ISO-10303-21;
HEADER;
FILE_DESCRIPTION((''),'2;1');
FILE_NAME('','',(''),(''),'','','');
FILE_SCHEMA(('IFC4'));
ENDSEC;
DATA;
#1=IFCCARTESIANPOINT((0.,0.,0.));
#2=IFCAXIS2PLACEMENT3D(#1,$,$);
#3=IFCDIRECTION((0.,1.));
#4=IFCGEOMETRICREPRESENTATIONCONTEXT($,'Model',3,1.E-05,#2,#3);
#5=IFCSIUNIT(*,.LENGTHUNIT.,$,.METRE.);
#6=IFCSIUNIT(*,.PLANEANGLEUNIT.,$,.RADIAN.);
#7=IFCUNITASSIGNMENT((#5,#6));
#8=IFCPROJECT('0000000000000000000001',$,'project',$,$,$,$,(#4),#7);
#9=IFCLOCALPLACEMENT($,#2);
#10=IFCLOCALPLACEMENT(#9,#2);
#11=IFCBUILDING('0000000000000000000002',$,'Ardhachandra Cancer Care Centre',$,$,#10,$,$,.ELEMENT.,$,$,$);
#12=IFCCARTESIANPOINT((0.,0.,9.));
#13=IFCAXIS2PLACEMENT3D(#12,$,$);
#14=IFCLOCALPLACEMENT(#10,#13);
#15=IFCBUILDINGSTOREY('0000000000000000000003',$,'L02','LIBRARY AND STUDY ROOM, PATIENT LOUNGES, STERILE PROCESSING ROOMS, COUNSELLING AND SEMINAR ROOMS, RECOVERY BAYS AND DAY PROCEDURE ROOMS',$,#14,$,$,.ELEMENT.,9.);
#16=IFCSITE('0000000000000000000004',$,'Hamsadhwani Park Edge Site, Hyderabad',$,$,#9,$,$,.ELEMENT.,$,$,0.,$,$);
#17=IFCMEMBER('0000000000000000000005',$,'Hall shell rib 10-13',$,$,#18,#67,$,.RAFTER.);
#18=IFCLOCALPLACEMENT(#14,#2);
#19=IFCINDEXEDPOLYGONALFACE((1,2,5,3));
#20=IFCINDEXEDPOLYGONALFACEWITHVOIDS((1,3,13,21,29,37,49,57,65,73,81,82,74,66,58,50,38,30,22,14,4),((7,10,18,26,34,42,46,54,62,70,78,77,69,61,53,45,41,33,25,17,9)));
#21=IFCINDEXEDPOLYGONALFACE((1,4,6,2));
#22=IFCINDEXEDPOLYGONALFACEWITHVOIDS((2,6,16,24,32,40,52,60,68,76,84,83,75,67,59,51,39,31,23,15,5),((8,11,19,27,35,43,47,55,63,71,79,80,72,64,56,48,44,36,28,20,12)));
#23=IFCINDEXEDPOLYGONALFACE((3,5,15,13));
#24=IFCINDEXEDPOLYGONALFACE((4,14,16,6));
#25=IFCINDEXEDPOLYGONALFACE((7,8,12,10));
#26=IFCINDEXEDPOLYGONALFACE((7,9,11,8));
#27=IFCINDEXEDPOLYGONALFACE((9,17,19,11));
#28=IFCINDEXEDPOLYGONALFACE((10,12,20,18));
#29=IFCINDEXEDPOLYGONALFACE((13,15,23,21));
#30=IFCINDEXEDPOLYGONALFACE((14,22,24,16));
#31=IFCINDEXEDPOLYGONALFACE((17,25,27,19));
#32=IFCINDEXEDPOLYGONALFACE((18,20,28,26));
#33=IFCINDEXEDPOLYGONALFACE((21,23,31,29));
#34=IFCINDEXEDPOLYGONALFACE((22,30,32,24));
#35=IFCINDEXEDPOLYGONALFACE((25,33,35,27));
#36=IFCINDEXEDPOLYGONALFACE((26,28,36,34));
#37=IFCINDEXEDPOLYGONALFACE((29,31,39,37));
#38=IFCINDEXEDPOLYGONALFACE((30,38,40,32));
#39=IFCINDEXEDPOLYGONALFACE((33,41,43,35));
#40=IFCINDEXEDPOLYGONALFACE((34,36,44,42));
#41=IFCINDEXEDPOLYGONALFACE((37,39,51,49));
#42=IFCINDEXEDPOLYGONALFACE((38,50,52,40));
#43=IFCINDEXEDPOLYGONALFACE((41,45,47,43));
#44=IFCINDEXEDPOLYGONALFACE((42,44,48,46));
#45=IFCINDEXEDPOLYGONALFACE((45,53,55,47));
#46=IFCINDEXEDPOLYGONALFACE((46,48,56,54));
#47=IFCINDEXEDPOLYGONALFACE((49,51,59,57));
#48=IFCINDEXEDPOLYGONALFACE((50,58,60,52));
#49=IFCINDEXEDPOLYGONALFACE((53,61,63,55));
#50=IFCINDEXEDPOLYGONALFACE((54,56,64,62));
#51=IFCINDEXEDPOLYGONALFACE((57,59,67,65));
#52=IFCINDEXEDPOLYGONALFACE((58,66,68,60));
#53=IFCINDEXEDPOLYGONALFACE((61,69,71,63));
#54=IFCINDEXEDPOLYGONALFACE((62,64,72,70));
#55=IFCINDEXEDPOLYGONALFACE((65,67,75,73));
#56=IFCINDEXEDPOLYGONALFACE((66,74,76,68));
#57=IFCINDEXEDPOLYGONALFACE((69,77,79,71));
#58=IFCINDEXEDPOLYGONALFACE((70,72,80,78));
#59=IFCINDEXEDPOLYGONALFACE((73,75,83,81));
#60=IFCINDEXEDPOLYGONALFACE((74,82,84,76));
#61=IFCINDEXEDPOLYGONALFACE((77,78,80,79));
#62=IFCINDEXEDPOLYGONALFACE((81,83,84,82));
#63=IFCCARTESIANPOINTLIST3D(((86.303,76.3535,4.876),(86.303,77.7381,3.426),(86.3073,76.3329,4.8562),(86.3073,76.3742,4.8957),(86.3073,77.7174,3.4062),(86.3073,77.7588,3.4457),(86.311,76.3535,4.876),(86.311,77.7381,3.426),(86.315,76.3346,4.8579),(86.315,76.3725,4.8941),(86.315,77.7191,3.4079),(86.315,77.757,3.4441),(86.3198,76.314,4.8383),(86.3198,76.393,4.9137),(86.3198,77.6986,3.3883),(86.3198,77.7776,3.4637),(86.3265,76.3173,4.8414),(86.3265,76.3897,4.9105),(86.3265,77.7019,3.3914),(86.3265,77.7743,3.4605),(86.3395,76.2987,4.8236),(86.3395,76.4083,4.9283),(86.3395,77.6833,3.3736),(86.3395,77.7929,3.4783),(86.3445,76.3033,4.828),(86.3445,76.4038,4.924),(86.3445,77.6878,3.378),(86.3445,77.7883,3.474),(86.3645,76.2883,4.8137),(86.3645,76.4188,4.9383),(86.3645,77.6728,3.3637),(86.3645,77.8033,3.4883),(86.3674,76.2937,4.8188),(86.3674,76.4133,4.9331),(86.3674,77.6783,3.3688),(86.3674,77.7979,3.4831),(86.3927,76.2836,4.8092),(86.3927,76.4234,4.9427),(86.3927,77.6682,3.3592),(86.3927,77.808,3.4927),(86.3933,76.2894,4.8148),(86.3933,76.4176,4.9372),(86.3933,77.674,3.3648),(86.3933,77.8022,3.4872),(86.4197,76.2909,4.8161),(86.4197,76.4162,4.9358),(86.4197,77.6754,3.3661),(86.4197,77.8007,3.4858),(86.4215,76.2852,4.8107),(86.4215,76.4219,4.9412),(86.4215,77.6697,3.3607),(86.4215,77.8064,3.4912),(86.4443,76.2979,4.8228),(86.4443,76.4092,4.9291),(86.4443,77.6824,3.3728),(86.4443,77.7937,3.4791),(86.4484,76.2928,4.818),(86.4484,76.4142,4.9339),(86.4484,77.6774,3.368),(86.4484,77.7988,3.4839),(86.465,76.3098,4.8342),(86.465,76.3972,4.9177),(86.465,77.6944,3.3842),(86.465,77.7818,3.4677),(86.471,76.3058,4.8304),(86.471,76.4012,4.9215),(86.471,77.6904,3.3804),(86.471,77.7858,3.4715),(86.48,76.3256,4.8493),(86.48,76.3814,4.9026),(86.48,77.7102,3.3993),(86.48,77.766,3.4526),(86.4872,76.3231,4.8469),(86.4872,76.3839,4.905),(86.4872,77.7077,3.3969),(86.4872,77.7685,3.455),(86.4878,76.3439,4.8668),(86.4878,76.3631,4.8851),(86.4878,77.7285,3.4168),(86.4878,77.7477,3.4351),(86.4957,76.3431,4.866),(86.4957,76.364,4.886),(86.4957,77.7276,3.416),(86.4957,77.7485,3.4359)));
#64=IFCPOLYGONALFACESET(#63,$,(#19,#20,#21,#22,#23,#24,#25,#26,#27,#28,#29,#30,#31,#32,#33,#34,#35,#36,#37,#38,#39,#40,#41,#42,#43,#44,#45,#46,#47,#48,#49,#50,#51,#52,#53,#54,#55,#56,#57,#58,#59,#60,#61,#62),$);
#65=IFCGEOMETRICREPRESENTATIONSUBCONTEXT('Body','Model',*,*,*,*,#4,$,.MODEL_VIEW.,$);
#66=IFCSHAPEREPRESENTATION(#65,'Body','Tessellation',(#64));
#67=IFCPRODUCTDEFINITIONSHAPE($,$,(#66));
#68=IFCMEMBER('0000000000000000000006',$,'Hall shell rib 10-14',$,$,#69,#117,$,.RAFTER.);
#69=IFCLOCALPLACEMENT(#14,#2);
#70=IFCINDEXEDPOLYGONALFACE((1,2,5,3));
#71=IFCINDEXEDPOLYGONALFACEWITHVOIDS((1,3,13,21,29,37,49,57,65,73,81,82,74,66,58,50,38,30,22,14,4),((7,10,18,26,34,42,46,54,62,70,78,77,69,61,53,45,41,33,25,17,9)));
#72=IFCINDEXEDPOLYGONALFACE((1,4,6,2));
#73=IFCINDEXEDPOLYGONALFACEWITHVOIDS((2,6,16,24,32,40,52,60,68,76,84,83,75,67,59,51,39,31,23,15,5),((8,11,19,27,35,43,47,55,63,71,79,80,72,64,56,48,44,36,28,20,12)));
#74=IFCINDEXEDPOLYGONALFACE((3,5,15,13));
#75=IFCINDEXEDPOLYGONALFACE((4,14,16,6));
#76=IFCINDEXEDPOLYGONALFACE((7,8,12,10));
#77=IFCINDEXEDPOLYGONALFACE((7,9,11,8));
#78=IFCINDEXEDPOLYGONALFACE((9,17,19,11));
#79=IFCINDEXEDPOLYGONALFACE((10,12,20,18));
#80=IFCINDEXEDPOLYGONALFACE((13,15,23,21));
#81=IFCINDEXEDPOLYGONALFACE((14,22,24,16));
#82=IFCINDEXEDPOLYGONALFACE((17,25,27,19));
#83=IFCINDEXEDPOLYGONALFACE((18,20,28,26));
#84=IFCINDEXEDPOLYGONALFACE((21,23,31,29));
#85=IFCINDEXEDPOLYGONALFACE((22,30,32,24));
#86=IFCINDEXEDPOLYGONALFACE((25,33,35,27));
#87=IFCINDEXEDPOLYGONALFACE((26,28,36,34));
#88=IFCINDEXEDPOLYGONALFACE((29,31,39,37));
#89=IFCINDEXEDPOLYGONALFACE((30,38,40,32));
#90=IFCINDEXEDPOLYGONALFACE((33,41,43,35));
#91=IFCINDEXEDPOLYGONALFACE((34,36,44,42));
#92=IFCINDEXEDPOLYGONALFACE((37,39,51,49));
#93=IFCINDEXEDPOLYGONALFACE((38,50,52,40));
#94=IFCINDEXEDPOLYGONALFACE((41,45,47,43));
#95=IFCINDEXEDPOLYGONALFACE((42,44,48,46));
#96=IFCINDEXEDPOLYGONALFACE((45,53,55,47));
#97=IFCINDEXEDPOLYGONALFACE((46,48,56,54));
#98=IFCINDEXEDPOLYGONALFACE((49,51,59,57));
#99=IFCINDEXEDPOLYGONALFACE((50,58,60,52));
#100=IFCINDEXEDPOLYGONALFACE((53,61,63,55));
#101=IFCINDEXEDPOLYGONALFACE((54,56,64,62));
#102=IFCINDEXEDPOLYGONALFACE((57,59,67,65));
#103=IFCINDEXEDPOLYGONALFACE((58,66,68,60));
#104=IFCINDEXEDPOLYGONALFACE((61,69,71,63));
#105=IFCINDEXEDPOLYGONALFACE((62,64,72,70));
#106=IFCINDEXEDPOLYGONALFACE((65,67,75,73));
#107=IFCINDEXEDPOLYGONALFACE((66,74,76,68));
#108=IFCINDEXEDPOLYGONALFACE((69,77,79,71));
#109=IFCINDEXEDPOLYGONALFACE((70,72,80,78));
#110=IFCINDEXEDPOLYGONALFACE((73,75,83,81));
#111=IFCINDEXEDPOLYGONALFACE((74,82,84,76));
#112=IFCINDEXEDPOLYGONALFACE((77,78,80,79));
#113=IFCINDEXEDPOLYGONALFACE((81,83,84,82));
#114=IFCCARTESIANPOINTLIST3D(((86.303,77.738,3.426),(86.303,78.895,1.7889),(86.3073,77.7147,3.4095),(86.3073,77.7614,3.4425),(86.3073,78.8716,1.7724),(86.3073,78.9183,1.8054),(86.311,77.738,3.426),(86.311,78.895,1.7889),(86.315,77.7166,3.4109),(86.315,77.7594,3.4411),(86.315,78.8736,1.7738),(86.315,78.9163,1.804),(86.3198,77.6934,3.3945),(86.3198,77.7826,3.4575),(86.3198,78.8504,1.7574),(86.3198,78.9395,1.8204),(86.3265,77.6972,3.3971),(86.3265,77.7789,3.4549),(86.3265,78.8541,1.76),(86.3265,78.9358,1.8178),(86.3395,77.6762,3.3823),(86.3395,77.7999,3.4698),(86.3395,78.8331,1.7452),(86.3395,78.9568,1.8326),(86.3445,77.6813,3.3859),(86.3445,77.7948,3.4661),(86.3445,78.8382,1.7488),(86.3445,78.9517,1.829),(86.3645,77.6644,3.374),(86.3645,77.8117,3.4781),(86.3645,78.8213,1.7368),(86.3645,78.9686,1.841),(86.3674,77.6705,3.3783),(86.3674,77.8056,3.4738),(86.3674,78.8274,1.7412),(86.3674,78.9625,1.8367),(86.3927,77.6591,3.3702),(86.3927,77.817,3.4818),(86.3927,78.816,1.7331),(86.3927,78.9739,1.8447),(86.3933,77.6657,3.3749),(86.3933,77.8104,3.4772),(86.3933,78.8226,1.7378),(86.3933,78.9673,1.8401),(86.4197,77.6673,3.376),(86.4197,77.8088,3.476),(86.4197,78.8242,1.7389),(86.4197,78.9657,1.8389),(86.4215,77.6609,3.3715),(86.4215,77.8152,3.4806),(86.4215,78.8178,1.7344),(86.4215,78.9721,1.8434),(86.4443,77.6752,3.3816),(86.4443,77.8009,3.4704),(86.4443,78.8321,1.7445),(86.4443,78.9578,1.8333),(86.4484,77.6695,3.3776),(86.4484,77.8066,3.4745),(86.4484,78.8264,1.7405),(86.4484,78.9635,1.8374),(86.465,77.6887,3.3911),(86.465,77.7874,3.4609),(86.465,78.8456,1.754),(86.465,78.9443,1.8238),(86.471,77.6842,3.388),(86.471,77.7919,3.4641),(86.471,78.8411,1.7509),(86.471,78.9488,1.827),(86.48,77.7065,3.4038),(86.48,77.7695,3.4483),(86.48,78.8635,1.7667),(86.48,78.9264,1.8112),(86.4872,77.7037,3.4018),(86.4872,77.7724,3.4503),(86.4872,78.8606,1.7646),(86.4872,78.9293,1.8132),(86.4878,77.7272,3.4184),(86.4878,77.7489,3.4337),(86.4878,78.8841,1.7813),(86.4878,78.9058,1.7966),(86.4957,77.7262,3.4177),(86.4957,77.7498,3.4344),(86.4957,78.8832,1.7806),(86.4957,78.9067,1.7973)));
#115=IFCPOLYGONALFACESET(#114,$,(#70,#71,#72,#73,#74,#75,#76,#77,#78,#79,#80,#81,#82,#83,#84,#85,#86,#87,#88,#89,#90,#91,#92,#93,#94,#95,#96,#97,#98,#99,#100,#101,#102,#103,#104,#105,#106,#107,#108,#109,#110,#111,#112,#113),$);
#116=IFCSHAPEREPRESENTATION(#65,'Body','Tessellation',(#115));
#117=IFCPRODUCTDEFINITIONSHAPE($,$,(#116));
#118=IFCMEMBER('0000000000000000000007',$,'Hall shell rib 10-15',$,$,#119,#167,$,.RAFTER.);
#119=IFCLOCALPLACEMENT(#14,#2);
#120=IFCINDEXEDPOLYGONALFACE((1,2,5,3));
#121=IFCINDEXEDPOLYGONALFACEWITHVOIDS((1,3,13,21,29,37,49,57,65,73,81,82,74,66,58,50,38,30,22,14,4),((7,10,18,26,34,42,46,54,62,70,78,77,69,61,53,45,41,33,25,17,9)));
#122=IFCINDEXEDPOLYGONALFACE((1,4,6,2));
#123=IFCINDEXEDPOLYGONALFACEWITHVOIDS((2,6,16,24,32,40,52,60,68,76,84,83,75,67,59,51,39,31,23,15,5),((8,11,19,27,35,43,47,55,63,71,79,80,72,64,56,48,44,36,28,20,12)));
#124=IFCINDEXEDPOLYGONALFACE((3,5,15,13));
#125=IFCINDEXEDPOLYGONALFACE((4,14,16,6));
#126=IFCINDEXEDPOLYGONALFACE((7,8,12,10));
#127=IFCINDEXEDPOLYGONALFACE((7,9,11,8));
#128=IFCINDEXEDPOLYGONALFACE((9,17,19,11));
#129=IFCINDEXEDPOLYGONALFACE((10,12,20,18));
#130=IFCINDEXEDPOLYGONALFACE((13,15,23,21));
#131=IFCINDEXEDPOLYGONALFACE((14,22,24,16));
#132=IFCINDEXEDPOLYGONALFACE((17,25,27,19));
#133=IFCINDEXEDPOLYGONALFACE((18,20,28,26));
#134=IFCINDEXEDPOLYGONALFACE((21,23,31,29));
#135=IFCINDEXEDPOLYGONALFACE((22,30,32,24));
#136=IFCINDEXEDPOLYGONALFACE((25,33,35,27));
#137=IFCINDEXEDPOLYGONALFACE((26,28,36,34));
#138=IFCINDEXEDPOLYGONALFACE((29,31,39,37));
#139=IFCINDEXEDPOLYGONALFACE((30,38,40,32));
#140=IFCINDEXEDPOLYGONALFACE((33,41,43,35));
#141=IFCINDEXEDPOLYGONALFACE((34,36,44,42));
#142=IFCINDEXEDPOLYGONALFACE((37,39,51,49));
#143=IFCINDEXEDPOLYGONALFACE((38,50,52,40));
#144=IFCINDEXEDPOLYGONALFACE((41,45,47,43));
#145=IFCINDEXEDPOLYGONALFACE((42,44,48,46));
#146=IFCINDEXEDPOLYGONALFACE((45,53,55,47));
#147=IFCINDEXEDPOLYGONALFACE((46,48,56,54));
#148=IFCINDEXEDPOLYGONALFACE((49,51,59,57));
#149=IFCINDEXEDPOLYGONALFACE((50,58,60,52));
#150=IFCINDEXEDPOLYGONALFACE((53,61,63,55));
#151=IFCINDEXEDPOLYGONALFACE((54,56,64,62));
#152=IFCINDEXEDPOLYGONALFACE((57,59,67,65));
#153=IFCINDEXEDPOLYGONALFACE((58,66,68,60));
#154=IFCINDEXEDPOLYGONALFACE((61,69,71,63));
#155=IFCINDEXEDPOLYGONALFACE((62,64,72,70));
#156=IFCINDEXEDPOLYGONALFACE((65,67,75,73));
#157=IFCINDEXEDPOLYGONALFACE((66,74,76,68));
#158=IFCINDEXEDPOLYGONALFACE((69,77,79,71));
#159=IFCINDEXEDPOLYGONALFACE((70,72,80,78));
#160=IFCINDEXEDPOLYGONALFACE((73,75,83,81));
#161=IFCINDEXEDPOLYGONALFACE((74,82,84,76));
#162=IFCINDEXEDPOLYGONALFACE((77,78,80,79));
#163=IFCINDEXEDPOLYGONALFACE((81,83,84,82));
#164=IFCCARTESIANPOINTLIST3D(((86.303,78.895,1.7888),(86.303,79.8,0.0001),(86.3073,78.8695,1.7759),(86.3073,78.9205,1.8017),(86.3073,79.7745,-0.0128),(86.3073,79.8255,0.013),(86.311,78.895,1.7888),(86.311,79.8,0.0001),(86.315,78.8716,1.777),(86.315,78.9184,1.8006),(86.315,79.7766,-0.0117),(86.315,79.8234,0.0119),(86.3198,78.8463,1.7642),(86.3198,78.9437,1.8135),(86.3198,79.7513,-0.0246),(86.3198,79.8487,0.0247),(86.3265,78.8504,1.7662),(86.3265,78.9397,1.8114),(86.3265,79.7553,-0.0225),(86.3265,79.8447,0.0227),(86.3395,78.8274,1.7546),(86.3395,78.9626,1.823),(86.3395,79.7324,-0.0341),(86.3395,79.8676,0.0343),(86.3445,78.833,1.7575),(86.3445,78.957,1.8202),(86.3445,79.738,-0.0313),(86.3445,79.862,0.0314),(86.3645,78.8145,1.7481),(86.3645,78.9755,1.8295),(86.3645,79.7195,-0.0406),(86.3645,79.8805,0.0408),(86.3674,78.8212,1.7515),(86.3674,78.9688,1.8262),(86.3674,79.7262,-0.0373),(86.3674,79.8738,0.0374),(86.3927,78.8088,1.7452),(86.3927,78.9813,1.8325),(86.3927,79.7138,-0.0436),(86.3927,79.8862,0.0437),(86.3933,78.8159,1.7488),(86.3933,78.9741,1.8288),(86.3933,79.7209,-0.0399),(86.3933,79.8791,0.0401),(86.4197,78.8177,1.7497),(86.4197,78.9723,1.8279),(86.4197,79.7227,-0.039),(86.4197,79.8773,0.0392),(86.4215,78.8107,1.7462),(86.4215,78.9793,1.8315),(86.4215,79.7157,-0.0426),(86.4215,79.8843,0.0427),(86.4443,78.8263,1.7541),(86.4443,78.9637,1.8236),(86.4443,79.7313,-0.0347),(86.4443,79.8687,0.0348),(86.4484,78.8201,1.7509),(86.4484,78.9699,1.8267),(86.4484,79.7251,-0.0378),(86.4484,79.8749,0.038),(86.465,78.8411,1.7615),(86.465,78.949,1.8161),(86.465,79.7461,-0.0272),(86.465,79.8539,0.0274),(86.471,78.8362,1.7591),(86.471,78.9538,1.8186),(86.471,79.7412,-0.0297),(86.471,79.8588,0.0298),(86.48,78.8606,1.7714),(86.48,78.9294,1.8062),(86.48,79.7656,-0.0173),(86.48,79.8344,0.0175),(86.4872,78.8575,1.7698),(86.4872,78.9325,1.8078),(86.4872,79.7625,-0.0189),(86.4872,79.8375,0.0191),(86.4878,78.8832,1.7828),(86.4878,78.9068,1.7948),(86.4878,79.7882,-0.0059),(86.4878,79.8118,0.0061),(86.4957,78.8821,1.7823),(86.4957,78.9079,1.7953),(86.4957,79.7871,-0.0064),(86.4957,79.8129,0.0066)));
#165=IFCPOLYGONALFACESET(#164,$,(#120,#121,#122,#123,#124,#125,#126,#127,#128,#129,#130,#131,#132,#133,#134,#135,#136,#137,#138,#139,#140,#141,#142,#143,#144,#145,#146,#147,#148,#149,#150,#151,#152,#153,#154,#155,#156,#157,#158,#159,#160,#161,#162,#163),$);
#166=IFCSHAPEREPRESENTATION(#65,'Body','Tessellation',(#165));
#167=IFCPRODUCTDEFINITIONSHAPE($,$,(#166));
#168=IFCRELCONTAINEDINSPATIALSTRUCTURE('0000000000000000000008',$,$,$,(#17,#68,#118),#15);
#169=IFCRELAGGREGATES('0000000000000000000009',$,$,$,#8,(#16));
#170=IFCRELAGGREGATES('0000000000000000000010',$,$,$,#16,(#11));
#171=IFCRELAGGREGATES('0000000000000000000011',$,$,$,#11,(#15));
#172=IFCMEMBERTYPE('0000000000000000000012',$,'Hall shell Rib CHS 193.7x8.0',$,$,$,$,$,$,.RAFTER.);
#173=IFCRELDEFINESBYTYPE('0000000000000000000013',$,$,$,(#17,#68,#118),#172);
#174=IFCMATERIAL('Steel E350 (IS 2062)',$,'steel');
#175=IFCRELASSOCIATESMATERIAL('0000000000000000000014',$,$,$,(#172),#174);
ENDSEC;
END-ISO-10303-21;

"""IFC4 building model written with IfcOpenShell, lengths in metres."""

from ifc_helpers import new_model, si_unit, direction, frame, origin, origin_2d, place, context, subcontext, project, spatial, hollow_circle, extrude, material, material_profile, profile_set, type_object, element, save


model = new_model("IFC4")

# Units and contexts
model_context = context("Model", 3, precision=1e-05, world=origin(), true_north=direction((0.0, 1.0)))
body_context = subcontext(model_context, "Body", "Model", "MODEL_VIEW")
ifc_project = project(units=[si_unit("LENGTHUNIT", "METRE"), si_unit("PLANEANGLEUNIT", "RADIAN")], contexts=[model_context])

# Site, building, storey
site_placement = place(None, origin())
site = spatial("IfcSite", under=ifc_project, at=site_placement, Name="Hamsadhwani Park Edge Site, Hyderabad", CompositionType="ELEMENT", RefElevation=0.0)
building_placement = place(site_placement, origin())
building = spatial("IfcBuilding", under=site, at=building_placement, Name="Ardhachandra Cancer Care Centre", CompositionType="ELEMENT")
storey_placement = place(building_placement, frame((0.0, 0.0, 9.0)))
storey = spatial("IfcBuildingStorey", under=building, at=storey_placement, Name="L02", Description="LIBRARY AND STUDY ROOM, PATIENT LOUNGES, STERILE PROCESSING ROOMS, COUNSELLING AND SEMINAR ROOMS, RECOVERY BAYS AND DAY PROCEDURE ROOMS", CompositionType="ELEMENT", Elevation=9.0)

# Members
ifc_material_1 = material(Name="Steel E350 (IS 2062)", Category="steel")
ifc_material_profile_1 = material_profile(ifc_material_1, hollow_circle(Radius=0.0969, WallThickness=0.0081, at=origin_2d()), Name="CHS 193.7x8.0")
ifc_profile_set_1 = profile_set([ifc_material_profile_1], Name="Steel E350 (IS 2062)")
member_type_1 = type_object("IfcMemberType", Name="Hall shell Rib CHS 193.7x8.0", PredefinedType="RAFTER", material=ifc_profile_set_1)
member_1_placement = place(storey_placement, frame((86.3999, 76.3535, 4.876), z_axis=(0.0, 0.6906, -0.723237), x_axis=(-1.0, 0.0, 0.0)))
element("IfcMember", 1, at=member_1_placement, inside=storey, type_object=member_type_1, Name="Hall shell rib 10-13", PredefinedType="RAFTER", context=body_context, shape_type="SweptSolid", body=[
    extrude(hollow_circle(Radius=0.0969, WallThickness=0.0081, at=origin_2d()), origin(), (0.0, 0.0, 1.0), 2.0049),
])
for number, where, z_axis, x_axis, name in (
    (2, (86.3999, 77.738, 3.426), (0.0, 0.577118, -0.816661), (-1.0, 0.0, 0.0), "Hall shell rib 10-14"),
    (3, (86.3999, 78.895, 1.7888), (0.0, 0.451447, -0.892298), (-1.0, 0.0, 0.0), "Hall shell rib 10-15"),
):
    element("IfcMember", number, at=place(storey_placement, frame(where, z_axis=z_axis, x_axis=x_axis)), inside=storey, type_object=member_type_1, Name=name, PredefinedType="RAFTER", context=body_context, shape_type="SweptSolid", body=[
        extrude(hollow_circle(Radius=0.0969, WallThickness=0.0081, at=origin_2d()), origin(), (0.0, 0.0, 1.0), 2.0046),
    ])

save(model, "model.ifc")
